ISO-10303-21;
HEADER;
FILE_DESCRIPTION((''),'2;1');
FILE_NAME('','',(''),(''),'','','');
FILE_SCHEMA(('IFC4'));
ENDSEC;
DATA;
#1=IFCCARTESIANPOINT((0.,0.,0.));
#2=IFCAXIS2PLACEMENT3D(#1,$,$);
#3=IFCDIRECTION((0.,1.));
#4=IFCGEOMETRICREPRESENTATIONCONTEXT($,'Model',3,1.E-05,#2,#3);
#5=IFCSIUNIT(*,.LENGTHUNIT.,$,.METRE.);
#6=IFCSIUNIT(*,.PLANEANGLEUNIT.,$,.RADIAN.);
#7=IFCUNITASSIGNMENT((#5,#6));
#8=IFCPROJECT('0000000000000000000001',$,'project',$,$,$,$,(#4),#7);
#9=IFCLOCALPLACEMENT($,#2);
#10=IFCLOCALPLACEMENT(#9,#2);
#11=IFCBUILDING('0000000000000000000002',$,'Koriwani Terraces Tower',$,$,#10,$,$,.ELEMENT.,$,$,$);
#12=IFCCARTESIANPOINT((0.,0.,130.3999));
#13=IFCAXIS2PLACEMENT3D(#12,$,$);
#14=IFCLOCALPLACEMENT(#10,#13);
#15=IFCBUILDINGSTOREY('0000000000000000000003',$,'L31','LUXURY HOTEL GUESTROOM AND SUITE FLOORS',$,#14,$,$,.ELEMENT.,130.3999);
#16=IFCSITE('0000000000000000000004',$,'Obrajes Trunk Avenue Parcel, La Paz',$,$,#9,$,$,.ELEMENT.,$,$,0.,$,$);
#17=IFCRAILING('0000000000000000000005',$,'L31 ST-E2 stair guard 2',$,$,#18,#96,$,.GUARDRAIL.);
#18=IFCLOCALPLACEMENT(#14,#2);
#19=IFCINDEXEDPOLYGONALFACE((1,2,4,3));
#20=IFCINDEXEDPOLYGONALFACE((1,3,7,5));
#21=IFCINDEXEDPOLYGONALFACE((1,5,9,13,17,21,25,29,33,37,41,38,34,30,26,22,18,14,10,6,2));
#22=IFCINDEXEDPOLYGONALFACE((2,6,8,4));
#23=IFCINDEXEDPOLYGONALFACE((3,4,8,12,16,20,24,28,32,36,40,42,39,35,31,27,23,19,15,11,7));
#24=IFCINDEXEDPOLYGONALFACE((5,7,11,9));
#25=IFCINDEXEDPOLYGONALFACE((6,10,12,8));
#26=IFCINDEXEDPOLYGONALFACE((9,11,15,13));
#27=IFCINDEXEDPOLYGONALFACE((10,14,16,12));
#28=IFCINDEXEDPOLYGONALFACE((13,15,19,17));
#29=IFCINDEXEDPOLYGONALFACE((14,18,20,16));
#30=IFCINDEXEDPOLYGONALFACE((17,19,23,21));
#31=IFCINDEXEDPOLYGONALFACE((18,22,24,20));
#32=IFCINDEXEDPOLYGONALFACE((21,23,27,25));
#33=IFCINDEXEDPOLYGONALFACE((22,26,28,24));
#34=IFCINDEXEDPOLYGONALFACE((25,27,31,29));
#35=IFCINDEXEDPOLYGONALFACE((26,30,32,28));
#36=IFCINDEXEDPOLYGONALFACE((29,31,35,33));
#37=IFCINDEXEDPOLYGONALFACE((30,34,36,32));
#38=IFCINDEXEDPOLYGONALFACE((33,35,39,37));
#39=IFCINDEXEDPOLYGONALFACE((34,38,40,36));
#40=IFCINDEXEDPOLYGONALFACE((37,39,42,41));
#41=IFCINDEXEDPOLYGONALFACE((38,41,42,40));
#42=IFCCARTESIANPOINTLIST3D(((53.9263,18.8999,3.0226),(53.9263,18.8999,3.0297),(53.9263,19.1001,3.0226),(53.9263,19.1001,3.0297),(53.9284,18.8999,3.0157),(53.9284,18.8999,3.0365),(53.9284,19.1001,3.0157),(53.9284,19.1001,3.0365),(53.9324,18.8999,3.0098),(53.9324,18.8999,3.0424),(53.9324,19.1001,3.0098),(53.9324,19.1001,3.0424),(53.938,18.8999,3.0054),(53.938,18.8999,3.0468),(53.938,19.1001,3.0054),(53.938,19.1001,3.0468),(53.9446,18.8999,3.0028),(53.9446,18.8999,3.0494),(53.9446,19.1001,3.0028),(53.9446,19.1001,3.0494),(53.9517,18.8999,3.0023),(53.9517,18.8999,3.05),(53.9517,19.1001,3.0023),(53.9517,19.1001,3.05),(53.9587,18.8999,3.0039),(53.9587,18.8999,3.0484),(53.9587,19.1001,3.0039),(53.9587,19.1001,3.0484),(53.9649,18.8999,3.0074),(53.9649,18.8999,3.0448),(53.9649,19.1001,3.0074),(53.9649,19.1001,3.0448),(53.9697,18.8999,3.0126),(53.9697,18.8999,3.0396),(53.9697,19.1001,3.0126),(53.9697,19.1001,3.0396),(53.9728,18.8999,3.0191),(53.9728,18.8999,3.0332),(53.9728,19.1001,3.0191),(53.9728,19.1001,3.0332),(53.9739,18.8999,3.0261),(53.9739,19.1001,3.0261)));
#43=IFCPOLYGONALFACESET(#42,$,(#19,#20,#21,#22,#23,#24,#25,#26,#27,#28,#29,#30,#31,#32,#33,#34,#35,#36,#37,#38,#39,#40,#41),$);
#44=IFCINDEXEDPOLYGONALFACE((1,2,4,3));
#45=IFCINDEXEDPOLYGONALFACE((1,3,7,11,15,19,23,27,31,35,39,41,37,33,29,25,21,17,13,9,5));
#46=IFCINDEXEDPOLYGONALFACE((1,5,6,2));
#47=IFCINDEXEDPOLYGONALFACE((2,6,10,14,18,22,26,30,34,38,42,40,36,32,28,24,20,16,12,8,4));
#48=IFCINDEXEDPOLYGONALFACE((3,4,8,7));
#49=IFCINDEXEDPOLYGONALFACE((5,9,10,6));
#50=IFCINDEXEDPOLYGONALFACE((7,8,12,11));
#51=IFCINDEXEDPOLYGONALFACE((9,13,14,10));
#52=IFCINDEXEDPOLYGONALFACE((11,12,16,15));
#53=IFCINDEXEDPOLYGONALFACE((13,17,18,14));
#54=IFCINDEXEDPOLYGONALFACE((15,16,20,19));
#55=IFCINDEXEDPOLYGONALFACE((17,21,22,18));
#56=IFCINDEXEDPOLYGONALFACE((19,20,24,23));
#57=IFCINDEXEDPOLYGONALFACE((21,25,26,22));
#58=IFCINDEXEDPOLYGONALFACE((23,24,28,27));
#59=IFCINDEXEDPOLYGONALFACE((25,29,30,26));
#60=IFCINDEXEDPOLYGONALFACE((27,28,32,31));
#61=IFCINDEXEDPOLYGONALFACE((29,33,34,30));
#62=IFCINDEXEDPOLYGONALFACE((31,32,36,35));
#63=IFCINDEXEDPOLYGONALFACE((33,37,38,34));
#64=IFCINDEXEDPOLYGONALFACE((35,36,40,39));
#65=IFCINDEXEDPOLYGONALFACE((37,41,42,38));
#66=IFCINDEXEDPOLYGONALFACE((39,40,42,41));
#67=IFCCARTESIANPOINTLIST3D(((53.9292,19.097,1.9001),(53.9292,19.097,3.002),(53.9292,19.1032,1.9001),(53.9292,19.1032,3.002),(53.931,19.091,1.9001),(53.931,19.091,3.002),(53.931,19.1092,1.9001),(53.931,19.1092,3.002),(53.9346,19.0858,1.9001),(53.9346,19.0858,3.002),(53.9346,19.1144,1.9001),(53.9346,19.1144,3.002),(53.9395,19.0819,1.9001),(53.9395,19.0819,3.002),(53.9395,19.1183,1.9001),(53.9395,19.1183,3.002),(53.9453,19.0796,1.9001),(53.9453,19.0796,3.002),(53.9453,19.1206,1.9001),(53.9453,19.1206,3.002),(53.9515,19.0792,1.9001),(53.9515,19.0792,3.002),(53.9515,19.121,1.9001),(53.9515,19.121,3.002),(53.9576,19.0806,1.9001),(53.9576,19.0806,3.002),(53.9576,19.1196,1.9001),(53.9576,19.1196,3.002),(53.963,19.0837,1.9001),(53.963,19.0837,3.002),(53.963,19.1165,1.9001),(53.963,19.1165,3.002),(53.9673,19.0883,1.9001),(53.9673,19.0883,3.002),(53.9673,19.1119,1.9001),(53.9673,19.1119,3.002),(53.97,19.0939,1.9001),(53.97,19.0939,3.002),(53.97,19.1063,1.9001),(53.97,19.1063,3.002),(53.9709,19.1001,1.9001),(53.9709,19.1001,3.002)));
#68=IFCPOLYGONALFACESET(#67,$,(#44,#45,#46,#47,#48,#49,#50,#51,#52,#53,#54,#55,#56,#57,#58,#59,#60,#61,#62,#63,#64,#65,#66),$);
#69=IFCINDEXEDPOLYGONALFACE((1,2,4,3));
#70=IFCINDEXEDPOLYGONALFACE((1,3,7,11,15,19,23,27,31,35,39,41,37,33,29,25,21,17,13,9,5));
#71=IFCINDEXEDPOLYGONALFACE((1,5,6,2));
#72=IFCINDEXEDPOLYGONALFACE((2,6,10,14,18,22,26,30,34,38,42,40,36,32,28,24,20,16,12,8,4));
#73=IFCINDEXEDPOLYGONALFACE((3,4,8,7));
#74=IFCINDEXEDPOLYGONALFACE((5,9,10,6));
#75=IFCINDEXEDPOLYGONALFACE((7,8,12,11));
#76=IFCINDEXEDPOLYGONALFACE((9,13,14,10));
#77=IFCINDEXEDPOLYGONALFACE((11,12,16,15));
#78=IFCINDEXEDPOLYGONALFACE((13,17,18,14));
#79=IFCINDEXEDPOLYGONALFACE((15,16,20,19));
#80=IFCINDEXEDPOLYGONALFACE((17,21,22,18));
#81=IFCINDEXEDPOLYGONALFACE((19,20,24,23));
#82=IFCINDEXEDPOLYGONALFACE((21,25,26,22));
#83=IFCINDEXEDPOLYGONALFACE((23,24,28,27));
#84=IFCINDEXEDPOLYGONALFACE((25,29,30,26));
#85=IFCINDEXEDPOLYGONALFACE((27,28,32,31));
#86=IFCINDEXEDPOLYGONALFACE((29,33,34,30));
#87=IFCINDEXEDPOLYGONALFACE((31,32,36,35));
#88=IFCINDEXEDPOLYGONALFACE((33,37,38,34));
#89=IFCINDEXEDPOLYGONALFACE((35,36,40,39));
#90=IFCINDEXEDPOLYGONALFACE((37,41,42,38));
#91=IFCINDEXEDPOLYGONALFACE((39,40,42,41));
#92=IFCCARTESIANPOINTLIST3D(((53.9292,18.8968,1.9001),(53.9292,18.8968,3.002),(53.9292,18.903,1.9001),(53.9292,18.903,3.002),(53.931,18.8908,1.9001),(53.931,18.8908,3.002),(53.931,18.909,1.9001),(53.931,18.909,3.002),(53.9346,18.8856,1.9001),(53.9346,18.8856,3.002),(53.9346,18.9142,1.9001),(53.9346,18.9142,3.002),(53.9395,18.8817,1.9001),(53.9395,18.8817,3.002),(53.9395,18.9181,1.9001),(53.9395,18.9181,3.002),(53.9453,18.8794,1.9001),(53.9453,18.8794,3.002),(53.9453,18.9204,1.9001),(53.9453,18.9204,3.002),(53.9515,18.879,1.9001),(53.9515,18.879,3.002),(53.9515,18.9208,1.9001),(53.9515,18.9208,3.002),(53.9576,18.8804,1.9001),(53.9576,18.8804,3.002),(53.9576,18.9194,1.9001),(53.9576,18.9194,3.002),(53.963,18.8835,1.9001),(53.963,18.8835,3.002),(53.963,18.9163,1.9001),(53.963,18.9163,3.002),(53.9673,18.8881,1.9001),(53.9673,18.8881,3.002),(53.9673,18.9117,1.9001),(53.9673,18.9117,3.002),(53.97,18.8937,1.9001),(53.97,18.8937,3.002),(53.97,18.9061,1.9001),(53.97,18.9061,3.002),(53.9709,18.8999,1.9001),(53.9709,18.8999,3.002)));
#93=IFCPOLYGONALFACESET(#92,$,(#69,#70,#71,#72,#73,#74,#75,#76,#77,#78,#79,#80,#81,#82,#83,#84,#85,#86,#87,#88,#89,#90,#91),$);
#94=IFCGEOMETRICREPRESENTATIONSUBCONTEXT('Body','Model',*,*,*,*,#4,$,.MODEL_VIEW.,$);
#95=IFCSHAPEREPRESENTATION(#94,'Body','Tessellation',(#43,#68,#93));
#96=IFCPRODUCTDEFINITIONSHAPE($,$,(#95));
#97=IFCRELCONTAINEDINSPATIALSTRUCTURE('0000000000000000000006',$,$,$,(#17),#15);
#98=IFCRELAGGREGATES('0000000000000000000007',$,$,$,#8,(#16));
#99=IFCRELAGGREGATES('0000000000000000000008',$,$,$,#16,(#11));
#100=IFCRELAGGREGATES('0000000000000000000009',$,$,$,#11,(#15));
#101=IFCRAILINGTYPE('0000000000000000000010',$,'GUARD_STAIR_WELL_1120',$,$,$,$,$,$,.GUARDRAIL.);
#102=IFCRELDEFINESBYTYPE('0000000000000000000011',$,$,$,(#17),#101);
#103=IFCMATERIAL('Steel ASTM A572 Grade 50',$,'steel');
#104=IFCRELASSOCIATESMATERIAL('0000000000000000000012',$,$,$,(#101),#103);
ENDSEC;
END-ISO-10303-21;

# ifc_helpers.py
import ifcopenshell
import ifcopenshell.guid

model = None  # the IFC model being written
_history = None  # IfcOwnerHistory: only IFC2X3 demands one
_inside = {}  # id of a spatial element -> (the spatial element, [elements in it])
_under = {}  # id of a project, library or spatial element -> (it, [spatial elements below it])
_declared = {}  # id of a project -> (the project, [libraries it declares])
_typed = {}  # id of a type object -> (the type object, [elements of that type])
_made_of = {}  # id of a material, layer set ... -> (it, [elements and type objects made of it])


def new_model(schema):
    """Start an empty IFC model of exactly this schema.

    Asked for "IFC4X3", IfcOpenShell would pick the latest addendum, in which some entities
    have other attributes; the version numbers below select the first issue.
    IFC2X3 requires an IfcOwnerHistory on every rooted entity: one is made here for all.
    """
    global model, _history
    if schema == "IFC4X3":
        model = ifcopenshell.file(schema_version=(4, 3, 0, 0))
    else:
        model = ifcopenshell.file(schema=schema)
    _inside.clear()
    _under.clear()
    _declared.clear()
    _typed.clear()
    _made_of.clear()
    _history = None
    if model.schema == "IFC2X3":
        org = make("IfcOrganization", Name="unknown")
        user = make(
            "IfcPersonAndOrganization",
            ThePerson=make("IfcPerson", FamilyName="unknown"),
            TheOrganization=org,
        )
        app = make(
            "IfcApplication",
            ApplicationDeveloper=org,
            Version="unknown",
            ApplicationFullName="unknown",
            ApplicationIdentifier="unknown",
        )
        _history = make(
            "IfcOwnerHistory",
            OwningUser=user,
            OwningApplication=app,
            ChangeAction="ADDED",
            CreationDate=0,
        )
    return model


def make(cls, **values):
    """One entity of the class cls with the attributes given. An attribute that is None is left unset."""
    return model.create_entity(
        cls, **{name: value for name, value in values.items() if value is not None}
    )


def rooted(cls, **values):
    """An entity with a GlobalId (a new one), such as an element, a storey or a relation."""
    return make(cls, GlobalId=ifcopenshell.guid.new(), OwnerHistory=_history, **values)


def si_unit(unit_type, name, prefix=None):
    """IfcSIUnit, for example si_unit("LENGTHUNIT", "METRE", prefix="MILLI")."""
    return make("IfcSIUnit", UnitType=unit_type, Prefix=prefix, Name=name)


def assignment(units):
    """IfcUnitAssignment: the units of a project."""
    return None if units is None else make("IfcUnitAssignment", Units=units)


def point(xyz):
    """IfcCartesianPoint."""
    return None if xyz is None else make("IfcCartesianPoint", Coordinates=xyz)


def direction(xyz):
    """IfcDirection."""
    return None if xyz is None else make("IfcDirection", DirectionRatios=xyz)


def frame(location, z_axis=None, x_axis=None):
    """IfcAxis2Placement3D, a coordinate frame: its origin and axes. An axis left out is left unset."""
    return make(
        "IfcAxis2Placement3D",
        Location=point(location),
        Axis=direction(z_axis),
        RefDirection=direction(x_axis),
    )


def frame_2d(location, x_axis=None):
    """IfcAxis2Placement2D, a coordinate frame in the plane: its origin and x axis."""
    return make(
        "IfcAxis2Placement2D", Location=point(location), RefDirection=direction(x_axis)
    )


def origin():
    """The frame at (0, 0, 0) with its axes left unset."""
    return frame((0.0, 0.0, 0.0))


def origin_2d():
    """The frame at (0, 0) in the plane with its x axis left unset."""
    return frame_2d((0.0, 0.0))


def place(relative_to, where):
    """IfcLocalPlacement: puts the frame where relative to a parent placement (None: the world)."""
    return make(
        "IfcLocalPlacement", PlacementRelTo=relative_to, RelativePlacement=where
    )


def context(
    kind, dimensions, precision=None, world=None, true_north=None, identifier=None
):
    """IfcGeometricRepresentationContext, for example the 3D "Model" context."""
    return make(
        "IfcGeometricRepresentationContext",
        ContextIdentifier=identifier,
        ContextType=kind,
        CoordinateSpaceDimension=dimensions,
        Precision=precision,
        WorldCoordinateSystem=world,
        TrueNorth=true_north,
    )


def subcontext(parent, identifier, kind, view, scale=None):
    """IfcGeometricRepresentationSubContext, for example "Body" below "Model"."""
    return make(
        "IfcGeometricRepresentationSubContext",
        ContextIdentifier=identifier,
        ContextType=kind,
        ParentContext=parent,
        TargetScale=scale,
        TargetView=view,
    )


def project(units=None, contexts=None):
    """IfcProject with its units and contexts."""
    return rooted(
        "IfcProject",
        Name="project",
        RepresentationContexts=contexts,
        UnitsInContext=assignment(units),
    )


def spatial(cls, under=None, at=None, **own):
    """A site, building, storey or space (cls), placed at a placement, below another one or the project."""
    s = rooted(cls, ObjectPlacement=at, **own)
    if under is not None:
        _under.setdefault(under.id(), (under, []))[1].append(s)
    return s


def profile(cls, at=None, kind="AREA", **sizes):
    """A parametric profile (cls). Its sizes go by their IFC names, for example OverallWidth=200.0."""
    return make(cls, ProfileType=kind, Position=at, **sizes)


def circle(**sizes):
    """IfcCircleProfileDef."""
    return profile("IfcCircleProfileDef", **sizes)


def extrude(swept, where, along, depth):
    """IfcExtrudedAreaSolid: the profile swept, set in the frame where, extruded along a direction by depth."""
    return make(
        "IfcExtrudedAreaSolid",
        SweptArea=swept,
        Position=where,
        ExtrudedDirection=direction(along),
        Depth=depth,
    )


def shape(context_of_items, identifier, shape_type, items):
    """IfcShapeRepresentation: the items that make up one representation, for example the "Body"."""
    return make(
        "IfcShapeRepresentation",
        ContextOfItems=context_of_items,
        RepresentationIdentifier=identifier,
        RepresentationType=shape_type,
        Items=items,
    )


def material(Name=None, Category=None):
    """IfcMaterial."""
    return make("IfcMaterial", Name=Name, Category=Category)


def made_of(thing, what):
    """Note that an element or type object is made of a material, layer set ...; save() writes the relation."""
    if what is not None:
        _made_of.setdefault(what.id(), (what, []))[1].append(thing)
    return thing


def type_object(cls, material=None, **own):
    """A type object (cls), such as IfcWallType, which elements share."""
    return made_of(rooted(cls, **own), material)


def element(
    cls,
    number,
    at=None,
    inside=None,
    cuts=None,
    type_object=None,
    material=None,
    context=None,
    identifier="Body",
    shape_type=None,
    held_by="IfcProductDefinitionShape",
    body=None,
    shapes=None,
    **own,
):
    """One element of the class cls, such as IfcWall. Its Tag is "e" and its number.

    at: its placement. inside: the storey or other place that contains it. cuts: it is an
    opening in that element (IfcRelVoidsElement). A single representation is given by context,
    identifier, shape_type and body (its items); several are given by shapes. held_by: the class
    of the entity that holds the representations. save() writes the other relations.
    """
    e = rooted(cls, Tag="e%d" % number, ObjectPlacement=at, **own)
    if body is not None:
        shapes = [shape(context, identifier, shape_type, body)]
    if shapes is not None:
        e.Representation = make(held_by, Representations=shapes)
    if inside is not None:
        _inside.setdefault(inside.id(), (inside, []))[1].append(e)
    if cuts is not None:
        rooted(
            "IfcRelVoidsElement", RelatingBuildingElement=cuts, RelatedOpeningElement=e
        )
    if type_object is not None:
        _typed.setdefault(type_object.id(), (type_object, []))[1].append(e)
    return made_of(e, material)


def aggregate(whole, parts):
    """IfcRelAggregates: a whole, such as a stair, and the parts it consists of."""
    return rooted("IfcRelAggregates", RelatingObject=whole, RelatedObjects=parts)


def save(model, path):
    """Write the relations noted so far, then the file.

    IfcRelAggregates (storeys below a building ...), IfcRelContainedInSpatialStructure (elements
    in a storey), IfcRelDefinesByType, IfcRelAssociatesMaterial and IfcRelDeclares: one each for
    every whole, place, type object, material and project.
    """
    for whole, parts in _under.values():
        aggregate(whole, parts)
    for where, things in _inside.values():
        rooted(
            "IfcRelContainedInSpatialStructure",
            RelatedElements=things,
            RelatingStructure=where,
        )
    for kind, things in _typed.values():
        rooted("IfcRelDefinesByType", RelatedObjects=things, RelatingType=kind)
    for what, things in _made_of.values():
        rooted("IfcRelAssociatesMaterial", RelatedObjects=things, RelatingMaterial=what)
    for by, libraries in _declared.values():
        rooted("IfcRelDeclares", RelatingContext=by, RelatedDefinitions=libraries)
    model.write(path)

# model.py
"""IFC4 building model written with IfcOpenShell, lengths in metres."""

from ifc_helpers import new_model, si_unit, direction, frame, origin, origin_2d, place, context, subcontext, project, spatial, circle, extrude, material, type_object, element, save


model = new_model("IFC4")

# Units and contexts
model_context = context("Model", 3, precision=1e-05, world=origin(), true_north=direction((0.0, 1.0)))
body_context = subcontext(model_context, "Body", "Model", "MODEL_VIEW")
ifc_project = project(units=[si_unit("LENGTHUNIT", "METRE"), si_unit("PLANEANGLEUNIT", "RADIAN")], contexts=[model_context])

# Site, building, storey
site_placement = place(None, origin())
site = spatial("IfcSite", under=ifc_project, at=site_placement, Name="Obrajes Trunk Avenue Parcel, La Paz", CompositionType="ELEMENT", RefElevation=0.0)
building_placement = place(site_placement, origin())
building = spatial("IfcBuilding", under=site, at=building_placement, Name="Koriwani Terraces Tower", CompositionType="ELEMENT")
storey_placement = place(building_placement, frame((0.0, 0.0, 130.3999)))
storey = spatial("IfcBuildingStorey", under=building, at=storey_placement, Name="L31", Description="LUXURY HOTEL GUESTROOM AND SUITE FLOORS", CompositionType="ELEMENT", Elevation=130.3999)

# Shared definitions
ifc_material_1 = material(Name="Steel ASTM A572 Grade 50", Category="steel")

# Railing
railing_type_1 = type_object("IfcRailingType", Name="GUARD_STAIR_WELL_1120", PredefinedType="GUARDRAIL", material=ifc_material_1)
railing_1_placement = place(storey_placement, frame((53.95, 19.1001, 1.9001)))
element("IfcRailing", 1, at=railing_1_placement, inside=storey, type_object=railing_type_1, Name="L31 ST-E2 stair guard 2", PredefinedType="GUARDRAIL", context=body_context, shape_type="SweptSolid", body=[
    extrude(circle(Radius=0.0239, at=origin_2d()), frame((0.0, 0.0, 1.126), z_axis=(0.0, -1.0, 0.0), x_axis=(1.0, 0.0, 0.0)), (0.0, 0.0, 1.0), 0.2002),
    extrude(circle(Radius=0.021, at=origin_2d()), origin(), (0.0, 0.0, 1.0), 1.1018),
    extrude(circle(Radius=0.021, at=origin_2d()), frame((0.0, -0.2002, 0.0)), (0.0, 0.0, 1.0), 1.1018),
])

save(model, "model.ifc")
